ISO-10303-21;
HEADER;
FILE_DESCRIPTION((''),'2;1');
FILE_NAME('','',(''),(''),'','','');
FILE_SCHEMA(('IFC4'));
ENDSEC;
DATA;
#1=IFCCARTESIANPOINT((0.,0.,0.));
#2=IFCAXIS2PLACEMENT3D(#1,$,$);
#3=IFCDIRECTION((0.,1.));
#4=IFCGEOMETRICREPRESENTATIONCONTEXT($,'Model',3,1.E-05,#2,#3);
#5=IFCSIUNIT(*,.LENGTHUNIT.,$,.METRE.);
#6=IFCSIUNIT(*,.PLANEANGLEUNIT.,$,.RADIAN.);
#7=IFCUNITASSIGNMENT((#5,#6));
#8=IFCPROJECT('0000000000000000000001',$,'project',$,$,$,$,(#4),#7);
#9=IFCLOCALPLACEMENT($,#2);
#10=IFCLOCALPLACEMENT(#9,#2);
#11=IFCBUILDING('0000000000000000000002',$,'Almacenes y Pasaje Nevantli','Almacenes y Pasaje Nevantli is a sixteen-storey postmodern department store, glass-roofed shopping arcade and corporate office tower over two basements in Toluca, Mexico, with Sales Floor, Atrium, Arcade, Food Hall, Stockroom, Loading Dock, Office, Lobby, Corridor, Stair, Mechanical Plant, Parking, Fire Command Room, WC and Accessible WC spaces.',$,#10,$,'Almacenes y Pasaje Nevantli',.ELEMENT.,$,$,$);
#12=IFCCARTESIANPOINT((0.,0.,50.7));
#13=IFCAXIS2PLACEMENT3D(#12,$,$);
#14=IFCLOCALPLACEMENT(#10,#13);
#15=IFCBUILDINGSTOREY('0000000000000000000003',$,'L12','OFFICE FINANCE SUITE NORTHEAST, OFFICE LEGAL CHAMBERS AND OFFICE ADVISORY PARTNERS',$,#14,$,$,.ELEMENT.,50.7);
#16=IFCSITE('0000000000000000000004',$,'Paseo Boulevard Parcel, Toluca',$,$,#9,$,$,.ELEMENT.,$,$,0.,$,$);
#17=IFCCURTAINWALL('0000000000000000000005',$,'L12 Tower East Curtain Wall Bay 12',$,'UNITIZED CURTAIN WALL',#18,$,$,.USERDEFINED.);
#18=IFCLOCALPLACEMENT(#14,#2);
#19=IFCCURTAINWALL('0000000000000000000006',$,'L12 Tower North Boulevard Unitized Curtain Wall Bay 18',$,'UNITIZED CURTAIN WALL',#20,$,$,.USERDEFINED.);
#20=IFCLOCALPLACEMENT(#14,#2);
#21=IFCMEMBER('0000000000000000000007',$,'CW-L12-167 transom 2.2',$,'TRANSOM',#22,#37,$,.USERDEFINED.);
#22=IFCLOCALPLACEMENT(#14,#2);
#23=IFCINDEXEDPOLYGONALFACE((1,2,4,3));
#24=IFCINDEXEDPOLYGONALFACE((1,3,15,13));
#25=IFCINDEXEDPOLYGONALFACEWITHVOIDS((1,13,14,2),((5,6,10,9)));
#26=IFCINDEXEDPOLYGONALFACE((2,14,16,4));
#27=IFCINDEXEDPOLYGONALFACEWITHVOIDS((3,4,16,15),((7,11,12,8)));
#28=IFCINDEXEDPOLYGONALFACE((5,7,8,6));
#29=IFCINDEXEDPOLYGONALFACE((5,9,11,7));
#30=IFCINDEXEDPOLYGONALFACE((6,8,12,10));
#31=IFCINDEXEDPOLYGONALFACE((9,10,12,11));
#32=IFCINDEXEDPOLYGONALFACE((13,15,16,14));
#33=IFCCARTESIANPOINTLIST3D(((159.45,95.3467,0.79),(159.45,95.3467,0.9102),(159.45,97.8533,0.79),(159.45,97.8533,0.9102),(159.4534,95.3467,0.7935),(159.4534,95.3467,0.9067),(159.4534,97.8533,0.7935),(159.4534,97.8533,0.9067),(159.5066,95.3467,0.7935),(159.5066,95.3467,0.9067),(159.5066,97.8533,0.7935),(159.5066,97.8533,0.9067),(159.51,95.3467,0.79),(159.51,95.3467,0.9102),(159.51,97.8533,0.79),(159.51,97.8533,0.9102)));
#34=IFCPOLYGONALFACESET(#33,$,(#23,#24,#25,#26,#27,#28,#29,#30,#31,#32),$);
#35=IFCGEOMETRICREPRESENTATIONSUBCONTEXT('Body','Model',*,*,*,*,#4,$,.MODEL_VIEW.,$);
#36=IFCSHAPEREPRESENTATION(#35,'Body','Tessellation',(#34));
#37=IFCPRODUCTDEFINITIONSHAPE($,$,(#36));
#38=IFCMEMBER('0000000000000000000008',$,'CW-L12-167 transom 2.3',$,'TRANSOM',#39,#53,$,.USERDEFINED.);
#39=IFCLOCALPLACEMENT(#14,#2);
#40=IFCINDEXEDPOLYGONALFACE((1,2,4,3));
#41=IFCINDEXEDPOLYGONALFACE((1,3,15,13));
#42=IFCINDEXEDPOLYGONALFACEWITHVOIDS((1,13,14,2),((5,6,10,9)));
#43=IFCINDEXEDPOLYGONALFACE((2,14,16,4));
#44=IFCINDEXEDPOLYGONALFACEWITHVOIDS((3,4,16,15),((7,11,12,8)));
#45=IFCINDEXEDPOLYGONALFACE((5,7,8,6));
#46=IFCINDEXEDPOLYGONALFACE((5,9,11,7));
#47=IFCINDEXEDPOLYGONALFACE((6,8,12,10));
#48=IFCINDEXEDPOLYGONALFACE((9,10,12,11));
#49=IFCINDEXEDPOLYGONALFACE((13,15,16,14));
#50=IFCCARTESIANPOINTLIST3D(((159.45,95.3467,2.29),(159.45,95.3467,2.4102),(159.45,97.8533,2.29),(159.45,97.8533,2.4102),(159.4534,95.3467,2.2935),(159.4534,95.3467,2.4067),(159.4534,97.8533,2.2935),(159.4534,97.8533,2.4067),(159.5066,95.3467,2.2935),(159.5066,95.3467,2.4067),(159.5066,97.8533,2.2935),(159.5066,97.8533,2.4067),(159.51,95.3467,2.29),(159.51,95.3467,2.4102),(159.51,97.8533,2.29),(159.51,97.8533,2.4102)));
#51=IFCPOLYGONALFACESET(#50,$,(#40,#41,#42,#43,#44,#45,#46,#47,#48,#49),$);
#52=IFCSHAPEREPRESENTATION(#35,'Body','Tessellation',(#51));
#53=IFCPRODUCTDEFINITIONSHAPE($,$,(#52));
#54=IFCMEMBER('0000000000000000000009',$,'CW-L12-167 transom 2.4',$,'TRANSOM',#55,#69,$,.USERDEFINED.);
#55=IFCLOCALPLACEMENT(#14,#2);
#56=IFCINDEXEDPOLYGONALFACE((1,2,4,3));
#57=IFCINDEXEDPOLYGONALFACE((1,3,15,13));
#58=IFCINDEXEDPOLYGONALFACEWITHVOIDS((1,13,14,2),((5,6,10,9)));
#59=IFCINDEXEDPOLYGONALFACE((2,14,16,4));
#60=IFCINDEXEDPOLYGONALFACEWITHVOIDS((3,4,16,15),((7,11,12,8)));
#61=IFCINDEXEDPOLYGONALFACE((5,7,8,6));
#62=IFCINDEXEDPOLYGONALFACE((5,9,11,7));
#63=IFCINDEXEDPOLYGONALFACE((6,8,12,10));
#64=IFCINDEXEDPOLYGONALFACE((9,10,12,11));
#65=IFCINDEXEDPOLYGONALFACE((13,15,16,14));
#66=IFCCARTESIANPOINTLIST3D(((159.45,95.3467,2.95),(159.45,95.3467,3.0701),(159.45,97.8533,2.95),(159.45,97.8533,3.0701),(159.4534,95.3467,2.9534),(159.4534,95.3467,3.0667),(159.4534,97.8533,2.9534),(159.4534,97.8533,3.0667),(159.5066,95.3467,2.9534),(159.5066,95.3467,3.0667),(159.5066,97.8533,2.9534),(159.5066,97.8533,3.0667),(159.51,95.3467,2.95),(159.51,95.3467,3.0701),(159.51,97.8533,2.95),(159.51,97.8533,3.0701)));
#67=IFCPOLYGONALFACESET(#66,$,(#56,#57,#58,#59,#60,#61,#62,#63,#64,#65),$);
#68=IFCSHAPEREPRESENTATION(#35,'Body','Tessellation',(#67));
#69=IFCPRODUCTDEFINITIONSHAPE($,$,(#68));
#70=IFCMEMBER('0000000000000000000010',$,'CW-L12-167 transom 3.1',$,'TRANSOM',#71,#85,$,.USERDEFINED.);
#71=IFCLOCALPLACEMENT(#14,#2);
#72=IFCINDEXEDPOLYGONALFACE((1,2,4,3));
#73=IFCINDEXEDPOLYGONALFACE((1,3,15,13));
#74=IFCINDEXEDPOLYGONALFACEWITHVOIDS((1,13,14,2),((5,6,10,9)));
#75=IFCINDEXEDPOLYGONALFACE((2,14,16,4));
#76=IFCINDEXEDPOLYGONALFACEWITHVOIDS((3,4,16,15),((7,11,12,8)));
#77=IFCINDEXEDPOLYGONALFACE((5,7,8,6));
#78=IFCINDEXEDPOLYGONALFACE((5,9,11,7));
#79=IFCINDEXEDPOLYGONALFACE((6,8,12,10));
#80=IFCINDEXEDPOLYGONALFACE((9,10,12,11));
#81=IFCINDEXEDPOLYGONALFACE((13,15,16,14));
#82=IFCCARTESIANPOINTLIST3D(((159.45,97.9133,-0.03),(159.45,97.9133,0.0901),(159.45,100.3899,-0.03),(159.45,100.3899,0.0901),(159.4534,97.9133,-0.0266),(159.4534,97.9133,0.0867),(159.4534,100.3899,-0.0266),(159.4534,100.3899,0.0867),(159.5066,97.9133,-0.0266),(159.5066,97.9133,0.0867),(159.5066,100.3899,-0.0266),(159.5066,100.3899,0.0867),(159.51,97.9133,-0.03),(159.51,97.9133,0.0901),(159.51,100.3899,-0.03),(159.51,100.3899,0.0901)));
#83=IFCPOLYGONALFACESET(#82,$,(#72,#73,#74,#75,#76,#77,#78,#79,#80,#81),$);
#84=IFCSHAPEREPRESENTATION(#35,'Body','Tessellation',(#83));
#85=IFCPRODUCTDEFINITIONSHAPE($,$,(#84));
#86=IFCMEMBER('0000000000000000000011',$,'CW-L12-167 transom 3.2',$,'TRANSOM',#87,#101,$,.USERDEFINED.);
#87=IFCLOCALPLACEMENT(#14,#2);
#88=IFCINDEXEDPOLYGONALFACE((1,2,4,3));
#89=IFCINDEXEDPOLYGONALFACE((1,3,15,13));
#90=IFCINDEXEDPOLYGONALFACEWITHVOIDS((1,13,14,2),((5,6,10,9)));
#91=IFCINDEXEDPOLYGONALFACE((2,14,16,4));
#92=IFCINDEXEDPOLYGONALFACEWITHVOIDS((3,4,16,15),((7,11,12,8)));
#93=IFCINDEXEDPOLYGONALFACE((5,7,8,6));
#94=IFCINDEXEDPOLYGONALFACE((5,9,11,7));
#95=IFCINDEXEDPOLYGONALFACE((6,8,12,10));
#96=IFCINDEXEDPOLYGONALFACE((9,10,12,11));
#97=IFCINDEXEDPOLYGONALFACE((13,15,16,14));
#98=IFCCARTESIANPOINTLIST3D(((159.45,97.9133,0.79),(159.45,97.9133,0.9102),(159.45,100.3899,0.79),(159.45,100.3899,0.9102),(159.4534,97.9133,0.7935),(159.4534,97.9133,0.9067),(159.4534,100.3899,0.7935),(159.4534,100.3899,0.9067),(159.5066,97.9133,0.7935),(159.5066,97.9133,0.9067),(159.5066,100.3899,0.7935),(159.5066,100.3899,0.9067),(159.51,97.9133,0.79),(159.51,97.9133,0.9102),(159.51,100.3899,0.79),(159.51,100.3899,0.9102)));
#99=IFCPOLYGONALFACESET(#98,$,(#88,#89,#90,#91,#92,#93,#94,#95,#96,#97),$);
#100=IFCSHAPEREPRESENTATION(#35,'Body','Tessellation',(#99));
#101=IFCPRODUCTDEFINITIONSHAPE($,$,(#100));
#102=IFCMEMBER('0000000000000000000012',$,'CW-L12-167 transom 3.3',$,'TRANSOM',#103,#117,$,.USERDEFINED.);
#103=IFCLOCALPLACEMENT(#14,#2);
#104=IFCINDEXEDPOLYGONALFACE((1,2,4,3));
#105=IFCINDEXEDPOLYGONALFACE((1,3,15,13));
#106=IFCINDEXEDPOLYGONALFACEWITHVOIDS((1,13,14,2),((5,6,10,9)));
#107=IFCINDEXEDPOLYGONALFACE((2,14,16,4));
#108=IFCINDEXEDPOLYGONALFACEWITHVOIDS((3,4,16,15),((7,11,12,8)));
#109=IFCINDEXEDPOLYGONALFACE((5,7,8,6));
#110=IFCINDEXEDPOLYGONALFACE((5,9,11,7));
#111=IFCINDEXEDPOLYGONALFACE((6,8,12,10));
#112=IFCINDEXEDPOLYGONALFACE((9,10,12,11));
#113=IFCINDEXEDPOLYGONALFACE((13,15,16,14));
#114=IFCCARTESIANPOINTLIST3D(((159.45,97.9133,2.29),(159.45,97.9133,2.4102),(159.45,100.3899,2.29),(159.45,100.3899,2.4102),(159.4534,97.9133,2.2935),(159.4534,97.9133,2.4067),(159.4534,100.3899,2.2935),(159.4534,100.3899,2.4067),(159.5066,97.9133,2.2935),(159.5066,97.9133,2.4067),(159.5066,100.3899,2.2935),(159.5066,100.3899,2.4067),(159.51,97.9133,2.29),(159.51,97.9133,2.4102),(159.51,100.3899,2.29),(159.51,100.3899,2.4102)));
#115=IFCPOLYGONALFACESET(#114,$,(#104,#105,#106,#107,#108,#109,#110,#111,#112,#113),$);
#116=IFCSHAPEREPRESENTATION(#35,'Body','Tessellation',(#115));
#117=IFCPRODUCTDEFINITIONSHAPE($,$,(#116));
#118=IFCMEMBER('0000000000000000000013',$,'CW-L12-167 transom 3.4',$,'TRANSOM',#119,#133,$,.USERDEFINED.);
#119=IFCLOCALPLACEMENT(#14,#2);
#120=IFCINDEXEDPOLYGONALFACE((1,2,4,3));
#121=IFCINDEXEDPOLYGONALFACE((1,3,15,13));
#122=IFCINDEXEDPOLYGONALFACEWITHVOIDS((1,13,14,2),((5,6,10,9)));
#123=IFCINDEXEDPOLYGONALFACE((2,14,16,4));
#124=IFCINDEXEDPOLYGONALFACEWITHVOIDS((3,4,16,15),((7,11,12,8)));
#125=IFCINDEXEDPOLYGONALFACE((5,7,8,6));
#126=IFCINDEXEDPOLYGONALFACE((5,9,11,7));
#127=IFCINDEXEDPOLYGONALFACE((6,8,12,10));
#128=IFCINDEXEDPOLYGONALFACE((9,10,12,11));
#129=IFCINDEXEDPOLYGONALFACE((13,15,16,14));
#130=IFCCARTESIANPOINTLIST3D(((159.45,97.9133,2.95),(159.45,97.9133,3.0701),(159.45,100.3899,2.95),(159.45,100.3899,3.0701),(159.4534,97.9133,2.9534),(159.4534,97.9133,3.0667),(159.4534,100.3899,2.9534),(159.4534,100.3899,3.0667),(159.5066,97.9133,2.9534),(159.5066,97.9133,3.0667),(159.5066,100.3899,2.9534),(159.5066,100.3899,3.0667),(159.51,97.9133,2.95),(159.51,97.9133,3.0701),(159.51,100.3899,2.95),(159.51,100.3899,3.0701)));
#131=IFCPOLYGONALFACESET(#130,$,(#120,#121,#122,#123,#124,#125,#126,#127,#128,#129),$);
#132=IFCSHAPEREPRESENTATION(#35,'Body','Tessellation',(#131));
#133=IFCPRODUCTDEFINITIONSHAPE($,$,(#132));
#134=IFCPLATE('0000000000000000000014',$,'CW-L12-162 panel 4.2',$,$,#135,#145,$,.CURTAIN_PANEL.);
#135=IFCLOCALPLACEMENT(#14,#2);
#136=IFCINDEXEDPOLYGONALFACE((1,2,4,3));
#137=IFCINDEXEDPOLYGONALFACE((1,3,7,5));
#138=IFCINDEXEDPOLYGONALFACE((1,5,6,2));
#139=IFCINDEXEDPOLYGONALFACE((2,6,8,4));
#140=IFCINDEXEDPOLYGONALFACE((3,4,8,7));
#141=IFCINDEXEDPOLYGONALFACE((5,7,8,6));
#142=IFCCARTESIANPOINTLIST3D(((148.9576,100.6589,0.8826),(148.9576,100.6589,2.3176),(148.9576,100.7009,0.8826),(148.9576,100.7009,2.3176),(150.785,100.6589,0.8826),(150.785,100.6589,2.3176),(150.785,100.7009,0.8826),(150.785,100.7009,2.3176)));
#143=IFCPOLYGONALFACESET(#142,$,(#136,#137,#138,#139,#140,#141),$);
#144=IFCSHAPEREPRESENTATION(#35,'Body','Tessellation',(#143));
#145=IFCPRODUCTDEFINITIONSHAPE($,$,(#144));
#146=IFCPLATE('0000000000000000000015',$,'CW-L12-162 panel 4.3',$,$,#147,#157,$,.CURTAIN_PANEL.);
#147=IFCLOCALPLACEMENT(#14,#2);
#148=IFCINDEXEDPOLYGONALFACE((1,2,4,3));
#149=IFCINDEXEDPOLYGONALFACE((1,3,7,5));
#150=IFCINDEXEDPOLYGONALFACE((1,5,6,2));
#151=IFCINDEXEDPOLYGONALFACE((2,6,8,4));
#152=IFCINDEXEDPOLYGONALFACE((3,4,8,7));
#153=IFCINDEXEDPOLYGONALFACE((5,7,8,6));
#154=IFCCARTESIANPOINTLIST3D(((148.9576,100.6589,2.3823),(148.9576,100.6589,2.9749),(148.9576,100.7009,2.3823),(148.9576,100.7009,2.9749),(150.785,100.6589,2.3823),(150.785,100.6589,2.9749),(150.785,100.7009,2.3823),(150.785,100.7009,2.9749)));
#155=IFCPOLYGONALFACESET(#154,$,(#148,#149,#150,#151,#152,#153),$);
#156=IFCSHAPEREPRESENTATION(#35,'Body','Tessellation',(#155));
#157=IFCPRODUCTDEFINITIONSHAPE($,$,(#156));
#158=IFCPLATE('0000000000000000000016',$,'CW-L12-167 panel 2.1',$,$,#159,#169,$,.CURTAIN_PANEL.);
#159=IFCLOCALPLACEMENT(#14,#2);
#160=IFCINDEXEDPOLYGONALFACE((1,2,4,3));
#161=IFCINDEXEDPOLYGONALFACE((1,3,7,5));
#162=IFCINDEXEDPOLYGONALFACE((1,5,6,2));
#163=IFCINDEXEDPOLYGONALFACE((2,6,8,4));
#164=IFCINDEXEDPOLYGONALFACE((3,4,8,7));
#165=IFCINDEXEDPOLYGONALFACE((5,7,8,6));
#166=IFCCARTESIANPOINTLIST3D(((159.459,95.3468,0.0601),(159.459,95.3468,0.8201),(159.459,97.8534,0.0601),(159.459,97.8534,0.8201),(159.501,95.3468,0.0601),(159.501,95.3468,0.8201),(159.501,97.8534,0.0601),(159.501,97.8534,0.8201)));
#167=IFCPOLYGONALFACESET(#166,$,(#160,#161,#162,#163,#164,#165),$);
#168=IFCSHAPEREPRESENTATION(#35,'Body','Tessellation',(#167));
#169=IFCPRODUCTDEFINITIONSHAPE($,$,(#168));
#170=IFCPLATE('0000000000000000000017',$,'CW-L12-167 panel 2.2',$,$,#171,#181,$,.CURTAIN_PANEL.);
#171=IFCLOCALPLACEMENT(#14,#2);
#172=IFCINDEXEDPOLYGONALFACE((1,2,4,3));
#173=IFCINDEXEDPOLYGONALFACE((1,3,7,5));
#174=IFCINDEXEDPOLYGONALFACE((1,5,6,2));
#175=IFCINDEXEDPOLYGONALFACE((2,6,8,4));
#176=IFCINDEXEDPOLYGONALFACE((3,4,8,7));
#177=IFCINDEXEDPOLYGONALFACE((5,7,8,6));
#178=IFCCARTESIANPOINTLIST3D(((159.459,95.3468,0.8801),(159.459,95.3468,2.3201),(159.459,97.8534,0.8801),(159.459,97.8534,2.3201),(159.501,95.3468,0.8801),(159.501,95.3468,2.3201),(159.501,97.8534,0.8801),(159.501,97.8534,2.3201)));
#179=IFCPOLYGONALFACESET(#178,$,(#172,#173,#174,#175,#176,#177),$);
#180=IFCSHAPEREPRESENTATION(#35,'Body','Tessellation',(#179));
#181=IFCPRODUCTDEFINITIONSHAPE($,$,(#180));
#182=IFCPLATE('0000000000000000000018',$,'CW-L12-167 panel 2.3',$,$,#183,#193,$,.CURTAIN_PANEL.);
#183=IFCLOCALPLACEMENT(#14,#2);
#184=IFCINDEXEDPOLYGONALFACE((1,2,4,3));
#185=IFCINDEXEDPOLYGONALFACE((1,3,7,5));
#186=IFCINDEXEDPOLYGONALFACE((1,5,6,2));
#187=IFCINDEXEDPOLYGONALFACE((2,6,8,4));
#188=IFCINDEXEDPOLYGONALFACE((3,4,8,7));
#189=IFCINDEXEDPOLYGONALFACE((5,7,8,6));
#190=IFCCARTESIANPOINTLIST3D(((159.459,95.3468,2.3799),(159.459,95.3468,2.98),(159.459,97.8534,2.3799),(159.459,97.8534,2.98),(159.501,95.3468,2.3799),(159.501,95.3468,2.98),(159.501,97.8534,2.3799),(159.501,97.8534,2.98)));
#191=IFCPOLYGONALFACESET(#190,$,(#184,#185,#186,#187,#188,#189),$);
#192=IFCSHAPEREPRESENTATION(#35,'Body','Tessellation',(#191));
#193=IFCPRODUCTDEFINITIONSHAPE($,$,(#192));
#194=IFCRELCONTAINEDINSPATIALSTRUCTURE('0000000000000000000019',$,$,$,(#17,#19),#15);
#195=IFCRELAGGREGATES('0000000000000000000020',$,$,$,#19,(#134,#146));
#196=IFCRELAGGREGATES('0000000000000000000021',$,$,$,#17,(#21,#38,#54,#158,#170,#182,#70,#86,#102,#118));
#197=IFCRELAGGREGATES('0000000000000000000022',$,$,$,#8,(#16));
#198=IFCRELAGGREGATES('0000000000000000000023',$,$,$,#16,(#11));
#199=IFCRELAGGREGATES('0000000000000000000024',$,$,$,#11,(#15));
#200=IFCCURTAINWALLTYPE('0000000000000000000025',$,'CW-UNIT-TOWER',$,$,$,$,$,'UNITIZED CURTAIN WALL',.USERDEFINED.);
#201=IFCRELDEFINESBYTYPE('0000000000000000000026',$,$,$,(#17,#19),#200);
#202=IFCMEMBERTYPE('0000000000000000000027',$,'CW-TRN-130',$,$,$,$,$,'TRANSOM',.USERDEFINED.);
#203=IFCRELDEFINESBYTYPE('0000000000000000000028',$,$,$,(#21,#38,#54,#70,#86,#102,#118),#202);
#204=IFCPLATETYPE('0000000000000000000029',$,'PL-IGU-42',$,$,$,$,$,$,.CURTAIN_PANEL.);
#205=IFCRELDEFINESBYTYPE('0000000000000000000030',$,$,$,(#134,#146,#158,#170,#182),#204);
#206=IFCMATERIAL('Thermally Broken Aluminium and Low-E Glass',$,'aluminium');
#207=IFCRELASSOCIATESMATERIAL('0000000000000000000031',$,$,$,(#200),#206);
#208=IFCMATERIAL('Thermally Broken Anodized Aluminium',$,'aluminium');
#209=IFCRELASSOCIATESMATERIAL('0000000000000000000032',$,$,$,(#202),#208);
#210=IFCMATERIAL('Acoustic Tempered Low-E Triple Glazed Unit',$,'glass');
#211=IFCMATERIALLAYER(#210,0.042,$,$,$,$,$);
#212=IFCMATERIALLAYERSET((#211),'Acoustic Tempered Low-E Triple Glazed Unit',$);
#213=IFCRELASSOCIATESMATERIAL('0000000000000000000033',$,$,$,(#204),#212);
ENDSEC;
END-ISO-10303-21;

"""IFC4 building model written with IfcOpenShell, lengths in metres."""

from ifc_helpers import new_model, si_unit, direction, frame, origin, origin_2d, place, context, subcontext, project, spatial, rectangle, hollow_rectangle, extrude, material, layer, layer_set, material_profile, profile_set, type_object, element, aggregate, save


model = new_model("IFC4")

# Units and contexts
model_context = context("Model", 3, precision=1e-05, world=origin(), true_north=direction((0.0, 1.0)))
body_context = subcontext(model_context, "Body", "Model", "MODEL_VIEW")
ifc_project = project(units=[si_unit("LENGTHUNIT", "METRE"), si_unit("PLANEANGLEUNIT", "RADIAN")], contexts=[model_context])

# Site, building, storey
site_placement = place(None, origin())
site = spatial("IfcSite", under=ifc_project, at=site_placement, Name="Paseo Boulevard Parcel, Toluca", CompositionType="ELEMENT", RefElevation=0.0)
building_placement = place(site_placement, origin())
building = spatial("IfcBuilding", under=site, at=building_placement, Name="Almacenes y Pasaje Nevantli", Description="Almacenes y Pasaje Nevantli is a sixteen-storey postmodern department store, glass-roofed shopping arcade and corporate office tower over two basements in Toluca, Mexico, with Sales Floor, Atrium, Arcade, Food Hall, Stockroom, Loading Dock, Office, Lobby, Corridor, Stair, Mechanical Plant, Parking, Fire Command Room, WC and Accessible WC spaces.", LongName="Almacenes y Pasaje Nevantli", CompositionType="ELEMENT")
storey_placement = place(building_placement, frame((0.0, 0.0, 50.7)))
storey = spatial("IfcBuildingStorey", under=building, at=storey_placement, Name="L12", Description="OFFICE FINANCE SUITE NORTHEAST, OFFICE LEGAL CHAMBERS AND OFFICE ADVISORY PARTNERS", CompositionType="ELEMENT", Elevation=50.7)

# Curtain wall
ifc_material_1 = material(Name="Thermally Broken Aluminium and Low-E Glass", Category="aluminium")
curtain_wall_type = type_object("IfcCurtainWallType", Name="CW-UNIT-TOWER", ElementType="UNITIZED CURTAIN WALL", PredefinedType="USERDEFINED", material=ifc_material_1)
curtain_wall_1_placement = place(storey_placement, origin())
curtain_wall_1 = element("IfcCurtainWall", 1, at=curtain_wall_1_placement, inside=storey, type_object=curtain_wall_type, Name="L12 Tower East Curtain Wall Bay 12", ObjectType="UNITIZED CURTAIN WALL", PredefinedType="USERDEFINED")

# Curtain wall
curtain_wall_2_placement = place(storey_placement, origin())
curtain_wall_2 = element("IfcCurtainWall", 2, at=curtain_wall_2_placement, inside=storey, type_object=curtain_wall_type, Name="L12 Tower North Boulevard Unitized Curtain Wall Bay 18", ObjectType="UNITIZED CURTAIN WALL", PredefinedType="USERDEFINED")

# Members
ifc_material_2 = material(Name="Thermally Broken Anodized Aluminium", Category="aluminium")
ifc_material_profile_1 = material_profile(ifc_material_2, hollow_rectangle(XDim=0.0601, YDim=0.1201, WallThickness=0.0034, at=origin_2d()), Name="ALU-TRN-60x120")
ifc_profile_set_1 = profile_set([ifc_material_profile_1], Name="Thermally Broken Anodized Aluminium")
member_type_1 = type_object("IfcMemberType", Name="CW-TRN-130", ElementType="TRANSOM", PredefinedType="USERDEFINED", material=ifc_profile_set_1)
member_1_placement = place(storey_placement, frame((159.48, 95.3467, 0.8501), z_axis=(0.0, 1.0, 0.0), x_axis=(-1.0, 0.0, 0.0)))
member_1 = element("IfcMember", 3, at=member_1_placement, type_object=member_type_1, Name="CW-L12-167 transom 2.2", ObjectType="TRANSOM", PredefinedType="USERDEFINED", context=body_context, shape_type="SweptSolid", body=[
    extrude(hollow_rectangle(XDim=0.0601, YDim=0.1201, WallThickness=0.0034, at=origin_2d()), origin(), (0.0, 0.0, 1.0), 2.5066),
])
member_2_placement = place(storey_placement, frame((159.48, 95.3467, 2.3501), z_axis=(0.0, 1.0, 0.0), x_axis=(-1.0, 0.0, 0.0)))
member_2 = element("IfcMember", 4, at=member_2_placement, type_object=member_type_1, Name="CW-L12-167 transom 2.3", ObjectType="TRANSOM", PredefinedType="USERDEFINED", context=body_context, shape_type="SweptSolid", body=[
    extrude(hollow_rectangle(XDim=0.0601, YDim=0.1201, WallThickness=0.0034, at=origin_2d()), origin(), (0.0, 0.0, 1.0), 2.5066),
])
member_3_placement = place(storey_placement, frame((159.48, 95.3467, 3.01), z_axis=(0.0, 1.0, 0.0), x_axis=(-1.0, 0.0, 0.0)))
member_3 = element("IfcMember", 5, at=member_3_placement, type_object=member_type_1, Name="CW-L12-167 transom 2.4", ObjectType="TRANSOM", PredefinedType="USERDEFINED", context=body_context, shape_type="SweptSolid", body=[
    extrude(hollow_rectangle(XDim=0.0601, YDim=0.1201, WallThickness=0.0034, at=origin_2d()), origin(), (0.0, 0.0, 1.0), 2.5066),
])
member_4_placement = place(storey_placement, frame((159.48, 97.9133, 0.03), z_axis=(0.0, 1.0, 0.0), x_axis=(-1.0, 0.0, 0.0)))
member_4 = element("IfcMember", 6, at=member_4_placement, type_object=member_type_1, Name="CW-L12-167 transom 3.1", ObjectType="TRANSOM", PredefinedType="USERDEFINED", context=body_context, shape_type="SweptSolid", body=[
    extrude(hollow_rectangle(XDim=0.0601, YDim=0.1201, WallThickness=0.0034, at=origin_2d()), origin(), (0.0, 0.0, 1.0), 2.4766),
])
member_5_placement = place(storey_placement, frame((159.48, 97.9133, 0.8501), z_axis=(0.0, 1.0, 0.0), x_axis=(-1.0, 0.0, 0.0)))
member_5 = element("IfcMember", 7, at=member_5_placement, type_object=member_type_1, Name="CW-L12-167 transom 3.2", ObjectType="TRANSOM", PredefinedType="USERDEFINED", context=body_context, shape_type="SweptSolid", body=[
    extrude(hollow_rectangle(XDim=0.0601, YDim=0.1201, WallThickness=0.0034, at=origin_2d()), origin(), (0.0, 0.0, 1.0), 2.4766),
])
member_6_placement = place(storey_placement, frame((159.48, 97.9133, 2.3501), z_axis=(0.0, 1.0, 0.0), x_axis=(-1.0, 0.0, 0.0)))
member_6 = element("IfcMember", 8, at=member_6_placement, type_object=member_type_1, Name="CW-L12-167 transom 3.3", ObjectType="TRANSOM", PredefinedType="USERDEFINED", context=body_context, shape_type="SweptSolid", body=[
    extrude(hollow_rectangle(XDim=0.0601, YDim=0.1201, WallThickness=0.0034, at=origin_2d()), origin(), (0.0, 0.0, 1.0), 2.4766),
])
member_7_placement = place(storey_placement, frame((159.48, 97.9133, 3.01), z_axis=(0.0, 1.0, 0.0), x_axis=(-1.0, 0.0, 0.0)))
member_7 = element("IfcMember", 9, at=member_7_placement, type_object=member_type_1, Name="CW-L12-167 transom 3.4", ObjectType="TRANSOM", PredefinedType="USERDEFINED", context=body_context, shape_type="SweptSolid", body=[
    extrude(hollow_rectangle(XDim=0.0601, YDim=0.1201, WallThickness=0.0034, at=origin_2d()), origin(), (0.0, 0.0, 1.0), 2.4766),
])

# Plates
ifc_material_3 = material(Name="Acoustic Tempered Low-E Triple Glazed Unit", Category="glass")
ifc_layer_1 = layer(ifc_material_3, 0.042)
ifc_layer_set_1 = layer_set([ifc_layer_1], Name="Acoustic Tempered Low-E Triple Glazed Unit")
plate_type = type_object("IfcPlateType", Name="PL-IGU-42", PredefinedType="CURTAIN_PANEL", material=ifc_layer_set_1)
plate_1_placement = place(storey_placement, frame((149.8713, 100.6799, 0.8826), z_axis=(0.0, 0.0, 1.0), x_axis=(1.0, 0.0, 0.0)))
plate_1 = element("IfcPlate", 10, at=plate_1_placement, type_object=plate_type, Name="CW-L12-162 panel 4.2", PredefinedType="CURTAIN_PANEL", context=body_context, shape_type="SweptSolid", body=[
    extrude(rectangle(XDim=1.8274, YDim=0.042, at=origin_2d()), origin(), (0.0, 0.0, 1.0), 1.4351),
])
plate_2_placement = place(storey_placement, frame((149.8713, 100.6799, 2.3823), z_axis=(0.0, 0.0, 1.0), x_axis=(1.0, 0.0, 0.0)))
plate_2 = element("IfcPlate", 11, at=plate_2_placement, type_object=plate_type, Name="CW-L12-162 panel 4.3", PredefinedType="CURTAIN_PANEL", context=body_context, shape_type="SweptSolid", body=[
    extrude(rectangle(XDim=1.8274, YDim=0.042, at=origin_2d()), origin(), (0.0, 0.0, 1.0), 0.5925),
])
aggregate(curtain_wall_2, [plate_1, plate_2])
plate_3_placement = place(storey_placement, frame((159.48, 96.6001, 0.0601), z_axis=(0.0, 0.0, 1.0), x_axis=(0.0, 1.0, 0.0)))
plate_3 = element("IfcPlate", 12, at=plate_3_placement, type_object=plate_type, Name="CW-L12-167 panel 2.1", PredefinedType="CURTAIN_PANEL", context=body_context, shape_type="SweptSolid", body=[
    extrude(rectangle(XDim=2.5066, YDim=0.042, at=origin_2d()), origin(), (0.0, 0.0, 1.0), 0.76),
])
plate_4_placement = place(storey_placement, frame((159.48, 96.6001, 0.8801), z_axis=(0.0, 0.0, 1.0), x_axis=(0.0, 1.0, 0.0)))
plate_4 = element("IfcPlate", 13, at=plate_4_placement, type_object=plate_type, Name="CW-L12-167 panel 2.2", PredefinedType="CURTAIN_PANEL", context=body_context, shape_type="SweptSolid", body=[
    extrude(rectangle(XDim=2.5066, YDim=0.042, at=origin_2d()), origin(), (0.0, 0.0, 1.0), 1.4399),
])
plate_5_placement = place(storey_placement, frame((159.48, 96.6001, 2.3799), z_axis=(0.0, 0.0, 1.0), x_axis=(0.0, 1.0, 0.0)))
plate_5 = element("IfcPlate", 14, at=plate_5_placement, type_object=plate_type, Name="CW-L12-167 panel 2.3", PredefinedType="CURTAIN_PANEL", context=body_context, shape_type="SweptSolid", body=[
    extrude(rectangle(XDim=2.5066, YDim=0.042, at=origin_2d()), origin(), (0.0, 0.0, 1.0), 0.6001),
])
aggregate(curtain_wall_1, [member_1, member_2, member_3, plate_3, plate_4, plate_5, member_4, member_5, member_6, member_7])

save(model, "model.ifc")
